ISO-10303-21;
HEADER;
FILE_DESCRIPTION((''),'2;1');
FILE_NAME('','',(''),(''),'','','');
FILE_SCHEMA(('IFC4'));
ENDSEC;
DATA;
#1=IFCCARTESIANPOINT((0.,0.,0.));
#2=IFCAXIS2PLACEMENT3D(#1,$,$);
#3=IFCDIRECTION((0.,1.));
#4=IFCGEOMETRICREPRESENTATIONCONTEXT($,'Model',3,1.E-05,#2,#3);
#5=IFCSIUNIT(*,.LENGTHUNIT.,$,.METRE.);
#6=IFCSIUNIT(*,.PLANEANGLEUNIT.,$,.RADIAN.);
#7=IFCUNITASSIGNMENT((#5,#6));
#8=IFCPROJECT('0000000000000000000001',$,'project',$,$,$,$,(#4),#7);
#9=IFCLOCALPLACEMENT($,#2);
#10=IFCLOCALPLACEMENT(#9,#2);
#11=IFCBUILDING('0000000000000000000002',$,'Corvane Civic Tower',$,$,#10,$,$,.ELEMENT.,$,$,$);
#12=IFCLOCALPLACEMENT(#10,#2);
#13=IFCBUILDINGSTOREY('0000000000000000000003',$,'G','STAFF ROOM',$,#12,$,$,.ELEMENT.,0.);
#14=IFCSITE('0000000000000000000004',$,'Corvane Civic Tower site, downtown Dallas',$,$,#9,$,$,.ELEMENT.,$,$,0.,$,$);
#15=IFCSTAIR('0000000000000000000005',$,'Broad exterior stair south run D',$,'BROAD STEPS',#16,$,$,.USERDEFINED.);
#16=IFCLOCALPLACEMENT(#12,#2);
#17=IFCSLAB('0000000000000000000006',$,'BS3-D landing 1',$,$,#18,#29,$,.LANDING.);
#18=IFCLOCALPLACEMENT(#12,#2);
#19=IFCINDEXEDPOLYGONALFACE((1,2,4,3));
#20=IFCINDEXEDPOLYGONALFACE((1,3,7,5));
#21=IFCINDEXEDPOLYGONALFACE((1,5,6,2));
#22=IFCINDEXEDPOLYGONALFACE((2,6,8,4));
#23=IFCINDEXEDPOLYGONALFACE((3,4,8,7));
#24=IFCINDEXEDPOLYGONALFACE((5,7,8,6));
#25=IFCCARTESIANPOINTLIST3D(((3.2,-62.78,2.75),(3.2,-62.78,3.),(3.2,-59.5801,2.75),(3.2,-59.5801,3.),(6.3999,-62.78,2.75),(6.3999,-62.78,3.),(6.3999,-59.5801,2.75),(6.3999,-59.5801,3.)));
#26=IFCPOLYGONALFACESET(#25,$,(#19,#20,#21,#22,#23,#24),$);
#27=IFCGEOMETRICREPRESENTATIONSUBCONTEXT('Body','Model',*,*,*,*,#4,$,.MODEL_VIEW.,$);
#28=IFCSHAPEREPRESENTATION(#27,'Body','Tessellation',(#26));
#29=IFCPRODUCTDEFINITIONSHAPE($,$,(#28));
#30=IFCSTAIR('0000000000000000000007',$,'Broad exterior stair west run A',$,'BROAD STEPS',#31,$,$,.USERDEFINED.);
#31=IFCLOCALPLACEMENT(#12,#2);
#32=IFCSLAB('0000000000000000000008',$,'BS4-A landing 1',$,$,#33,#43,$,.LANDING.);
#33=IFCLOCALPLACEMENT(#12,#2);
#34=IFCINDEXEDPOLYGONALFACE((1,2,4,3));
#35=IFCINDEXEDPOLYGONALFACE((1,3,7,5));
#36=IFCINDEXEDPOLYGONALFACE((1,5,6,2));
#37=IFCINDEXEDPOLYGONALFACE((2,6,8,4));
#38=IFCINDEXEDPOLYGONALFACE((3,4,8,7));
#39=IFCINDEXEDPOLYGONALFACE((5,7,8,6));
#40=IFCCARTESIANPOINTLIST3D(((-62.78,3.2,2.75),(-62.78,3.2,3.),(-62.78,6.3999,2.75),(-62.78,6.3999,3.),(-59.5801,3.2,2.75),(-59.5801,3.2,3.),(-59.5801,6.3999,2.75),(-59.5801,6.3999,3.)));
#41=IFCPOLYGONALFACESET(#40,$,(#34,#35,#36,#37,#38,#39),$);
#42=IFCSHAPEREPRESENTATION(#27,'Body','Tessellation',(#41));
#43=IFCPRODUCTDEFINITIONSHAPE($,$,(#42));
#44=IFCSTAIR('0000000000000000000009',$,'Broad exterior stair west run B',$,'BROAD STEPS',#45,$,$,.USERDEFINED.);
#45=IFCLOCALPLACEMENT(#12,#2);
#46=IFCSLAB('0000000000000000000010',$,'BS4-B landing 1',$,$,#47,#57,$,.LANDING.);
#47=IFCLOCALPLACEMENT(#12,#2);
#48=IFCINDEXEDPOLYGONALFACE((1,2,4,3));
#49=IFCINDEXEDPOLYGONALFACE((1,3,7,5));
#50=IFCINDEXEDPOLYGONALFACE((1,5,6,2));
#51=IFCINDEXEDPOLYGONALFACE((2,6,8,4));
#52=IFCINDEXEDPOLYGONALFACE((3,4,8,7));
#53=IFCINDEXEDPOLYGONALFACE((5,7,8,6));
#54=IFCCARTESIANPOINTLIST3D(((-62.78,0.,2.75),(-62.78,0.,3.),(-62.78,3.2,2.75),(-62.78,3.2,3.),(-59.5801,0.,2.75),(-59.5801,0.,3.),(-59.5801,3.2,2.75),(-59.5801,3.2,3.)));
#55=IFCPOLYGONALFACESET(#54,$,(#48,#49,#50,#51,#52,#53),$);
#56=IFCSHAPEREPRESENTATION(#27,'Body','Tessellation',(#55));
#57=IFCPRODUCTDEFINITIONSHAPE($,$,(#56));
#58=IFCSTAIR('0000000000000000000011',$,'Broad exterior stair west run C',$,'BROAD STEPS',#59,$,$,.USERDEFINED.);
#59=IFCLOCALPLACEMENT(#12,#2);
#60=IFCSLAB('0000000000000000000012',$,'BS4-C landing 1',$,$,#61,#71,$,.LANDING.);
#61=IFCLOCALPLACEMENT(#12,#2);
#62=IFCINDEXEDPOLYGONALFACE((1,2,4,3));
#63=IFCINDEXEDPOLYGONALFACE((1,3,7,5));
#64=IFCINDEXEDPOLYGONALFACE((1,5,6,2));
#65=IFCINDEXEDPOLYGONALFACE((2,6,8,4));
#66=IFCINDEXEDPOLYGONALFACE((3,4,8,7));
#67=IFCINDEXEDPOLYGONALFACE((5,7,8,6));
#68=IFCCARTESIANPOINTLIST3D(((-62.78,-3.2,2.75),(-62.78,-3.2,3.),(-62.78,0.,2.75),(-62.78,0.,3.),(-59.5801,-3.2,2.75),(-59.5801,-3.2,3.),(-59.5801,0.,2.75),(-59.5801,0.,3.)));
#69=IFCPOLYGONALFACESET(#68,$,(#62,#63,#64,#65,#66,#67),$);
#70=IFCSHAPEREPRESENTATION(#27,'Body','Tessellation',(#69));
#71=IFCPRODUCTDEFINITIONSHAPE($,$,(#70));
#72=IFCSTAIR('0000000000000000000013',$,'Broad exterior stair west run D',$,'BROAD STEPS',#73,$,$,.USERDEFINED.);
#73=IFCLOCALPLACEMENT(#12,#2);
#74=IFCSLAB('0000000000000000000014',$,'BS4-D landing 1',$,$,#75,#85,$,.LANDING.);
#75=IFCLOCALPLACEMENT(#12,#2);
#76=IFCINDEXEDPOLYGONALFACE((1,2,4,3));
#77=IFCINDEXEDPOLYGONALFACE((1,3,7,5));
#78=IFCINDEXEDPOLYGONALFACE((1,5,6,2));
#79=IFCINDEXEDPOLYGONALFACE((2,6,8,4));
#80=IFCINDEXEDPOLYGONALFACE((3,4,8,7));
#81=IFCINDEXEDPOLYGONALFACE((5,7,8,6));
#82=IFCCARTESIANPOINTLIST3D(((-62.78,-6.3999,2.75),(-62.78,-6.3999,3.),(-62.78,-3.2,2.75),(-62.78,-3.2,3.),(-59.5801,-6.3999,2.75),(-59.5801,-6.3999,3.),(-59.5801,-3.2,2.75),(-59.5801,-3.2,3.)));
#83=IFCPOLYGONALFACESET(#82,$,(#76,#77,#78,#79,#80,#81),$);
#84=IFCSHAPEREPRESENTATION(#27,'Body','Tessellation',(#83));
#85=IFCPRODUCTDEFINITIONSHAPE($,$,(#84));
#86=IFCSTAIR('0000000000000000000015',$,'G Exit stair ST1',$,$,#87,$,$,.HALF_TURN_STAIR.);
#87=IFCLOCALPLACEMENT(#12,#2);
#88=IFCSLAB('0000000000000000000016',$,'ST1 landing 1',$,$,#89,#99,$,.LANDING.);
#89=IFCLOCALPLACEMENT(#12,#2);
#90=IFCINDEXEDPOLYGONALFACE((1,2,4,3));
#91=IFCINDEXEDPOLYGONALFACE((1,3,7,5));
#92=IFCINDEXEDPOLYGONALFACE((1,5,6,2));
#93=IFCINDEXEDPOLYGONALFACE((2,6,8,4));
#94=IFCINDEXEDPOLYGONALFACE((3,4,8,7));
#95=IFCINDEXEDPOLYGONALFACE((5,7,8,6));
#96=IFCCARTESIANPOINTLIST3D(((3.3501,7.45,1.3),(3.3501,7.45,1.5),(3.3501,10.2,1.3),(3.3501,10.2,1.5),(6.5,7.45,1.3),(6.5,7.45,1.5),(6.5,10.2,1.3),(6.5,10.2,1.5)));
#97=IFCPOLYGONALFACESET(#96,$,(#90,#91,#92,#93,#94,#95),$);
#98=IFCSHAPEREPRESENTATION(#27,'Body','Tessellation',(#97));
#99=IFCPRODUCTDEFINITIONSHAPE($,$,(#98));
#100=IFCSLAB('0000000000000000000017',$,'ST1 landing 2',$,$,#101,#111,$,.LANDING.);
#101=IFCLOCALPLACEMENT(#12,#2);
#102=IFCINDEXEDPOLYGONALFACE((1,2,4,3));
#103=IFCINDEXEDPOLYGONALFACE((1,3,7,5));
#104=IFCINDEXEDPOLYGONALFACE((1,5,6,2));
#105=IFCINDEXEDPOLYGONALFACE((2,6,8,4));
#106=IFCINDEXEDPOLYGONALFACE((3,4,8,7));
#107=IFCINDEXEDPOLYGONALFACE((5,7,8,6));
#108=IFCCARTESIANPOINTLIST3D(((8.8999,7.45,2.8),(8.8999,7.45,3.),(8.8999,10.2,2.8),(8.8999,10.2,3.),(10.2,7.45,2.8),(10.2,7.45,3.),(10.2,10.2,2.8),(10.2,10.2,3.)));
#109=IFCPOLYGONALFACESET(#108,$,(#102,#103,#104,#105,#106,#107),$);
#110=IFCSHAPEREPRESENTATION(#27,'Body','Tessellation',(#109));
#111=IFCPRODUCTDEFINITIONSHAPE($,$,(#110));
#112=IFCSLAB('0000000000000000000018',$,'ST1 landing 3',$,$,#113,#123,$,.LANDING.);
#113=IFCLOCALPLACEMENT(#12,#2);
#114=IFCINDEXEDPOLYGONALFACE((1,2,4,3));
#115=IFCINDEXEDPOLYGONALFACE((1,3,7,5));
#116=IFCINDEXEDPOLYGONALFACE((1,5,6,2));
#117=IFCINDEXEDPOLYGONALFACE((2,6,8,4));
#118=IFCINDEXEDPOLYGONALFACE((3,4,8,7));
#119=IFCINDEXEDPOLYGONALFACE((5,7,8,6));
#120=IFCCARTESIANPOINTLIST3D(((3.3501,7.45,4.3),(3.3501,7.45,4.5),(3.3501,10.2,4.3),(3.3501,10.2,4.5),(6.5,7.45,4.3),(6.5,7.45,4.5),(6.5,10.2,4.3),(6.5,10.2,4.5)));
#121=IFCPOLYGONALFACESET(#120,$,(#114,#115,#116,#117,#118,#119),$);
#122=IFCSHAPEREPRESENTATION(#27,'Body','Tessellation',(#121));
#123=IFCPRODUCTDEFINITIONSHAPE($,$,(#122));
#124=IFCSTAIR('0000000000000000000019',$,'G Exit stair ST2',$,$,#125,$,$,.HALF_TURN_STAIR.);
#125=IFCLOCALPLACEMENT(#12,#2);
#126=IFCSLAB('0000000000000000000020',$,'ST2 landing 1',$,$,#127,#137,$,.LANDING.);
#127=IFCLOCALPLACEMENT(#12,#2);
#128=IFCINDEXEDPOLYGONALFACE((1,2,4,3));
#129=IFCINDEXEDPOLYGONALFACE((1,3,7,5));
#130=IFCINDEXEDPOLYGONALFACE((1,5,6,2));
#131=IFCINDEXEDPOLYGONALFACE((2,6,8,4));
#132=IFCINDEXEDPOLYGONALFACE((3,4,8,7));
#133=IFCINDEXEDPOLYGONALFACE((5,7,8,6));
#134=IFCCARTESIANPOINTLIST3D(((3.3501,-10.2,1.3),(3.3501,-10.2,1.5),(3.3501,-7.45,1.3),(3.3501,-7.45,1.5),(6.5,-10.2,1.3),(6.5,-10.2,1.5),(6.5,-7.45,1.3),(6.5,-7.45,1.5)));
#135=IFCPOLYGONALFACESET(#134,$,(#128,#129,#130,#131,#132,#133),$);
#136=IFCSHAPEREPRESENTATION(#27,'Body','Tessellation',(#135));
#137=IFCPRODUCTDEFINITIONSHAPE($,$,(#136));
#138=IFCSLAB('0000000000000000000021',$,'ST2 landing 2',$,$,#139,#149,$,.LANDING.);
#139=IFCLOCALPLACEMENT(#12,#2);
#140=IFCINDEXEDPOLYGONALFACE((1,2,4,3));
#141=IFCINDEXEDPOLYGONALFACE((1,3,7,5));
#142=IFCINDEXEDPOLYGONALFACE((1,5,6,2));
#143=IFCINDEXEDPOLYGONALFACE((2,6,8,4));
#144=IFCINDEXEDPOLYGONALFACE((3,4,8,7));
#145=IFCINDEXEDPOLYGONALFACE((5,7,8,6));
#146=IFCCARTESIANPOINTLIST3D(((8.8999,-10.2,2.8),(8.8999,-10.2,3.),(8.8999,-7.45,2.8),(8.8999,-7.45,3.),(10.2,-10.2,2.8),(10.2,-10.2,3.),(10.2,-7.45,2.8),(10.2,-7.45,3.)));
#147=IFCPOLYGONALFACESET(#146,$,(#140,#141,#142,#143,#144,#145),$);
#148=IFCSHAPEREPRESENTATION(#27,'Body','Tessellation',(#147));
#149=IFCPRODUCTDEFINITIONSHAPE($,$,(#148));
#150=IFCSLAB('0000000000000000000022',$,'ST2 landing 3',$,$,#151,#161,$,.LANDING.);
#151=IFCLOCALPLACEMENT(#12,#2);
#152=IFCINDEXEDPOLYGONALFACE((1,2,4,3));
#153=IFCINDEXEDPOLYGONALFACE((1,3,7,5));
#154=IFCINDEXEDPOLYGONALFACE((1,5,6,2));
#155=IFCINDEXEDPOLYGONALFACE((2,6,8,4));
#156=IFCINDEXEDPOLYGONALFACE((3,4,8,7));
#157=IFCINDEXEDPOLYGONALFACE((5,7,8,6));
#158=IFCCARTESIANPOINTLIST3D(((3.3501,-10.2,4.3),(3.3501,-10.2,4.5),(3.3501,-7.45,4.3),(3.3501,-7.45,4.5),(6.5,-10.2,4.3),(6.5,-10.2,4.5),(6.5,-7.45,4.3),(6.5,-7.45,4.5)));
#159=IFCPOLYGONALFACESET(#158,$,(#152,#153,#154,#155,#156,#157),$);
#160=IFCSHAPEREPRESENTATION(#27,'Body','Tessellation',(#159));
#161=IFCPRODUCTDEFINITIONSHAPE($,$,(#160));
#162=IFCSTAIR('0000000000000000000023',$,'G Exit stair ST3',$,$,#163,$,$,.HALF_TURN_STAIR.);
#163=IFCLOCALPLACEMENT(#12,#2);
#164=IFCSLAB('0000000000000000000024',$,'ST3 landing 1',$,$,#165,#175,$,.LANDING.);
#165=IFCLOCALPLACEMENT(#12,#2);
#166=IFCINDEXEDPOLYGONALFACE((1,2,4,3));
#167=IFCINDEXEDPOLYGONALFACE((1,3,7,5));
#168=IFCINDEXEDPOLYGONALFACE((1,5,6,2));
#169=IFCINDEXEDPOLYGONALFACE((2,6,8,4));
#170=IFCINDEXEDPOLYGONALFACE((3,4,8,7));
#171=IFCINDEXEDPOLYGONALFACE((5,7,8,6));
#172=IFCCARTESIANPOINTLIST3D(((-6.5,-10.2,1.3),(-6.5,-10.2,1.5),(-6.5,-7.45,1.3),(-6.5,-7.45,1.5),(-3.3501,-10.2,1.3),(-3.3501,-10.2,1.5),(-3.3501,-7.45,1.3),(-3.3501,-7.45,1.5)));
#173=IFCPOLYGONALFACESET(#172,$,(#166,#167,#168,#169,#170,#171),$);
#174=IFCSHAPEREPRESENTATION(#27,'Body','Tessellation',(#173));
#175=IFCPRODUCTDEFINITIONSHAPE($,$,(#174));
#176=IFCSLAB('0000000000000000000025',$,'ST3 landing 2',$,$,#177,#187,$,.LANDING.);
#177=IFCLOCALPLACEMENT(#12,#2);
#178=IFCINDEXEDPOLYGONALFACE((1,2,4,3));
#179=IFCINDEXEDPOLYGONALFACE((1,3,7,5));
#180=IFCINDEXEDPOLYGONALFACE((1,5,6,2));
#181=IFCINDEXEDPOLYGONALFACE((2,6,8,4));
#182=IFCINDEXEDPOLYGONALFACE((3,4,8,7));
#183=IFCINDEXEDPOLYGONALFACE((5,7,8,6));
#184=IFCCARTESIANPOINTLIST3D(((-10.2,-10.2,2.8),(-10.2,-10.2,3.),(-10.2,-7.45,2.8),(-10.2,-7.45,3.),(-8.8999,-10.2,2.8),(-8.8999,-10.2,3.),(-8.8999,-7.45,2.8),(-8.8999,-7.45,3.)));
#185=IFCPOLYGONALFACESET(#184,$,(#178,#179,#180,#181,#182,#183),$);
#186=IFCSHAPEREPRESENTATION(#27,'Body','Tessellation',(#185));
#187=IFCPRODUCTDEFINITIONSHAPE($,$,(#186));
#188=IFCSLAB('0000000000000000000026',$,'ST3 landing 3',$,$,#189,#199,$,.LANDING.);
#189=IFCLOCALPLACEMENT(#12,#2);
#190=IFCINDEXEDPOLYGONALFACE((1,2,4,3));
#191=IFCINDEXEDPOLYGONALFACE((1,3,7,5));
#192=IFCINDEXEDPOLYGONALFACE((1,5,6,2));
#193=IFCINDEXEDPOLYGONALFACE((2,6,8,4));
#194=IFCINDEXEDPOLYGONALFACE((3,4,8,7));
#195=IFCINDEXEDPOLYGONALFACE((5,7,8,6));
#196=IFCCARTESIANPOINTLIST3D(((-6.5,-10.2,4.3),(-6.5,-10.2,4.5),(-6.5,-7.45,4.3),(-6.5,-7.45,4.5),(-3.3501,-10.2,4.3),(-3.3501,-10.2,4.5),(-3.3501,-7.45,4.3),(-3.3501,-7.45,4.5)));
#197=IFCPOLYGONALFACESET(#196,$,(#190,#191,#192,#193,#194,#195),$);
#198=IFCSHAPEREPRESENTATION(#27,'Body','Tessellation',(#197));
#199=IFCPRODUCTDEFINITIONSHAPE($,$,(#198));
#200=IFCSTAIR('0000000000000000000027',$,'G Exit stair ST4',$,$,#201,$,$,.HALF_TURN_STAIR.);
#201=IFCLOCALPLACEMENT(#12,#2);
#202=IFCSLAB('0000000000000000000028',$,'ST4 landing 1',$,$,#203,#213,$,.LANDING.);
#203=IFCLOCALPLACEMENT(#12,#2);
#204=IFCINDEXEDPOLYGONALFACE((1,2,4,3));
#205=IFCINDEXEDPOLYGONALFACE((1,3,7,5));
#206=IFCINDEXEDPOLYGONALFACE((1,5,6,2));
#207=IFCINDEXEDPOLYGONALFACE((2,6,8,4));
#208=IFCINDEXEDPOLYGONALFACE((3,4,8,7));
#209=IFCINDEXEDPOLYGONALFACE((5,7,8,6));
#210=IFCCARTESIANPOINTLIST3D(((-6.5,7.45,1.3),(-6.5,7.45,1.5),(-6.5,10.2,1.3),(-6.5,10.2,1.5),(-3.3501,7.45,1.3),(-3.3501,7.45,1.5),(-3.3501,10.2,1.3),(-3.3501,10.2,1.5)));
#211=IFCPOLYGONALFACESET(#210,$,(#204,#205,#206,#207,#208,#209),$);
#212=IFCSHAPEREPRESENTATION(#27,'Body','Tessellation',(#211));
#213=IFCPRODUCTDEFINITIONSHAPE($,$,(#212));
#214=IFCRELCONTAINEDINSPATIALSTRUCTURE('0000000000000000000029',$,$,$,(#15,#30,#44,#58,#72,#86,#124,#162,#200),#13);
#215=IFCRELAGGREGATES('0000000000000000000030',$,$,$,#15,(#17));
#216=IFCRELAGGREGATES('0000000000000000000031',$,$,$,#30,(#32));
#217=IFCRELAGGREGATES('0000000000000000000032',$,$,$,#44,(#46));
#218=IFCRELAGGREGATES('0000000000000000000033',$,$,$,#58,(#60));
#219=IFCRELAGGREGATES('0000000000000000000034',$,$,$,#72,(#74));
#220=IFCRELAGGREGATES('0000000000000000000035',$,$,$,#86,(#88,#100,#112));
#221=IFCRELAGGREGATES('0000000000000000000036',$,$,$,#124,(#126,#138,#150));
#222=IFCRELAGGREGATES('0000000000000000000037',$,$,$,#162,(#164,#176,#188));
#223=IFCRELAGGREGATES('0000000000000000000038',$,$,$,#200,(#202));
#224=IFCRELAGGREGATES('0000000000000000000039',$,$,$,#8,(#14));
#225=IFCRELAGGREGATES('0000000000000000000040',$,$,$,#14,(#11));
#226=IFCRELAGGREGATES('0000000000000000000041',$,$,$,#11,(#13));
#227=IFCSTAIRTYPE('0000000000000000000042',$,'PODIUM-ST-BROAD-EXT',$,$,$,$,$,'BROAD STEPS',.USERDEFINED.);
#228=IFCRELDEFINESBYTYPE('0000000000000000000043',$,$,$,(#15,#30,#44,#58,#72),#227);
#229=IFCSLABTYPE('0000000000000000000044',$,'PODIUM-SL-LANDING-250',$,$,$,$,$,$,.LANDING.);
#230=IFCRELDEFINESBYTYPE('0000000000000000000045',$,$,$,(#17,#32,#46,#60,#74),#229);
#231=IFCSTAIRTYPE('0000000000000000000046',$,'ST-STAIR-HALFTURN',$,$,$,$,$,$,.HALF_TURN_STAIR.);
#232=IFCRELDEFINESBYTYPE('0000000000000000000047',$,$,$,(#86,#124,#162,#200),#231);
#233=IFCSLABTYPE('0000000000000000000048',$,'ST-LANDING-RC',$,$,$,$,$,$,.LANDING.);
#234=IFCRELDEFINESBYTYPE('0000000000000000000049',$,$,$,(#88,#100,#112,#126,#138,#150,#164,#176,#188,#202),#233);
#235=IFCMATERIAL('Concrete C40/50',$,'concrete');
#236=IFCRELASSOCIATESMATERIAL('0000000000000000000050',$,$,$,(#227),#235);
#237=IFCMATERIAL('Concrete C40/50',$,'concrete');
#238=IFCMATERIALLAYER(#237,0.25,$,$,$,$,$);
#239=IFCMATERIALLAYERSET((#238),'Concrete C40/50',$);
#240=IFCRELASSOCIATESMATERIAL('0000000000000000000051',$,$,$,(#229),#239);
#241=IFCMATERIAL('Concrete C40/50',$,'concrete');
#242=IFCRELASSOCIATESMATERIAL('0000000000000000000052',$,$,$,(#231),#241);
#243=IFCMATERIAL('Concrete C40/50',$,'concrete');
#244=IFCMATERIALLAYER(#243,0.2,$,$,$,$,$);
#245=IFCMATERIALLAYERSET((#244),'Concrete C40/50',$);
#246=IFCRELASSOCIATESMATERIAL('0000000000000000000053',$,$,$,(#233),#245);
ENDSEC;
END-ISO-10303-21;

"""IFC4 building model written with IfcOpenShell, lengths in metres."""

from ifc_helpers import new_model, si_unit, direction, frame, origin, place, context, subcontext, project, spatial, polyline, outline, extrude, material, layer, layer_set, type_object, element, aggregate, save


model = new_model("IFC4")

# Units and contexts
model_context = context("Model", 3, precision=1e-05, world=origin(), true_north=direction((0.0, 1.0)))
body_context = subcontext(model_context, "Body", "Model", "MODEL_VIEW")
ifc_project = project(units=[si_unit("LENGTHUNIT", "METRE"), si_unit("PLANEANGLEUNIT", "RADIAN")], contexts=[model_context])

# Site, building, storey
site_placement = place(None, origin())
site = spatial("IfcSite", under=ifc_project, at=site_placement, Name="Corvane Civic Tower site, downtown Dallas", CompositionType="ELEMENT", RefElevation=0.0)
building_placement = place(site_placement, origin())
building = spatial("IfcBuilding", under=site, at=building_placement, Name="Corvane Civic Tower", CompositionType="ELEMENT")
storey_placement = place(building_placement, origin())
storey = spatial("IfcBuildingStorey", under=building, at=storey_placement, Name="G", Description="STAFF ROOM", CompositionType="ELEMENT", Elevation=0.0)

# Stairs, slabs
ifc_material_1 = material(Name="Concrete C40/50", Category="concrete")
stair_type_1 = type_object("IfcStairType", Name="PODIUM-ST-BROAD-EXT", ElementType="BROAD STEPS", PredefinedType="USERDEFINED", material=ifc_material_1)
stair_1_placement = place(storey_placement, origin())
stair_1 = element("IfcStair", 1, at=stair_1_placement, inside=storey, type_object=stair_type_1, Name="Broad exterior stair south run D", ObjectType="BROAD STEPS", PredefinedType="USERDEFINED")
ifc_material_2 = material(Name="Concrete C40/50", Category="concrete")
ifc_layer_1 = layer(ifc_material_2, 0.25)
ifc_layer_set_1 = layer_set([ifc_layer_1], Name="Concrete C40/50")
slab_type_1 = type_object("IfcSlabType", Name="PODIUM-SL-LANDING-250", PredefinedType="LANDING", material=ifc_layer_set_1)
slab_1_placement = place(storey_placement, frame((0.0, 0.0, 2.75)))
slab_1 = element("IfcSlab", 2, at=slab_1_placement, type_object=slab_type_1, Name="BS3-D landing 1", PredefinedType="LANDING", context=body_context, shape_type="SweptSolid", body=[
    extrude(outline(polyline([(3.2, -59.5801), (6.3999, -59.5801), (6.3999, -62.78), (3.2, -62.78), (3.2, -59.5801)])), origin(), (0.0, 0.0, 1.0), 0.25),
])
aggregate(stair_1, [slab_1])
stair_2_placement = place(storey_placement, origin())
stair_2 = element("IfcStair", 3, at=stair_2_placement, inside=storey, type_object=stair_type_1, Name="Broad exterior stair west run A", ObjectType="BROAD STEPS", PredefinedType="USERDEFINED")
slab_2_placement = place(storey_placement, frame((0.0, 0.0, 2.75)))
slab_2 = element("IfcSlab", 4, at=slab_2_placement, type_object=slab_type_1, Name="BS4-A landing 1", PredefinedType="LANDING", context=body_context, shape_type="SweptSolid", body=[
    extrude(outline(polyline([(-59.5801, 6.3999), (-59.5801, 3.2), (-62.78, 3.2), (-62.78, 6.3999), (-59.5801, 6.3999)])), origin(), (0.0, 0.0, 1.0), 0.25),
])
aggregate(stair_2, [slab_2])
stair_3_placement = place(storey_placement, origin())
stair_3 = element("IfcStair", 5, at=stair_3_placement, inside=storey, type_object=stair_type_1, Name="Broad exterior stair west run B", ObjectType="BROAD STEPS", PredefinedType="USERDEFINED")
slab_3_placement = place(storey_placement, frame((0.0, 0.0, 2.75)))
slab_3 = element("IfcSlab", 6, at=slab_3_placement, type_object=slab_type_1, Name="BS4-B landing 1", PredefinedType="LANDING", context=body_context, shape_type="SweptSolid", body=[
    extrude(outline(polyline([(-59.5801, 3.2), (-59.5801, 0.0), (-62.78, 0.0), (-62.78, 3.2), (-59.5801, 3.2)])), origin(), (0.0, 0.0, 1.0), 0.25),
])
aggregate(stair_3, [slab_3])
stair_4_placement = place(storey_placement, origin())
stair_4 = element("IfcStair", 7, at=stair_4_placement, inside=storey, type_object=stair_type_1, Name="Broad exterior stair west run C", ObjectType="BROAD STEPS", PredefinedType="USERDEFINED")
slab_4_placement = place(storey_placement, frame((0.0, 0.0, 2.75)))
slab_4 = element("IfcSlab", 8, at=slab_4_placement, type_object=slab_type_1, Name="BS4-C landing 1", PredefinedType="LANDING", context=body_context, shape_type="SweptSolid", body=[
    extrude(outline(polyline([(-59.5801, 0.0), (-59.5801, -3.2), (-62.78, -3.2), (-62.78, 0.0), (-59.5801, 0.0)])), origin(), (0.0, 0.0, 1.0), 0.25),
])
aggregate(stair_4, [slab_4])
stair_5_placement = place(storey_placement, origin())
stair_5 = element("IfcStair", 9, at=stair_5_placement, inside=storey, type_object=stair_type_1, Name="Broad exterior stair west run D", ObjectType="BROAD STEPS", PredefinedType="USERDEFINED")
slab_5_placement = place(storey_placement, frame((0.0, 0.0, 2.75)))
slab_5 = element("IfcSlab", 10, at=slab_5_placement, type_object=slab_type_1, Name="BS4-D landing 1", PredefinedType="LANDING", context=body_context, shape_type="SweptSolid", body=[
    extrude(outline(polyline([(-59.5801, -3.2), (-59.5801, -6.3999), (-62.78, -6.3999), (-62.78, -3.2), (-59.5801, -3.2)])), origin(), (0.0, 0.0, 1.0), 0.25),
])
aggregate(stair_5, [slab_5])

# Stairs, slabs
ifc_material_3 = material(Name="Concrete C40/50", Category="concrete")
stair_type_2 = type_object("IfcStairType", Name="ST-STAIR-HALFTURN", PredefinedType="HALF_TURN_STAIR", material=ifc_material_3)
stair_6_placement = place(storey_placement, origin())
stair_6 = element("IfcStair", 11, at=stair_6_placement, inside=storey, type_object=stair_type_2, Name="G Exit stair ST1", PredefinedType="HALF_TURN_STAIR")
ifc_material_4 = material(Name="Concrete C40/50", Category="concrete")
ifc_layer_2 = layer(ifc_material_4, 0.2)
ifc_layer_set_2 = layer_set([ifc_layer_2], Name="Concrete C40/50")
slab_type_2 = type_object("IfcSlabType", Name="ST-LANDING-RC", PredefinedType="LANDING", material=ifc_layer_set_2)
slab_6_placement = place(storey_placement, frame((0.0, 0.0, 1.3)))
slab_6 = element("IfcSlab", 12, at=slab_6_placement, type_object=slab_type_2, Name="ST1 landing 1", PredefinedType="LANDING", context=body_context, shape_type="SweptSolid", body=[
    extrude(outline(polyline([(6.5, 10.2), (3.3501, 10.2), (3.3501, 7.45), (6.5, 7.45), (6.5, 10.2)])), origin(), (0.0, 0.0, 1.0), 0.2),
])
slab_7_placement = place(storey_placement, frame((0.0, 0.0, 2.8)))
slab_7 = element("IfcSlab", 13, at=slab_7_placement, type_object=slab_type_2, Name="ST1 landing 2", PredefinedType="LANDING", context=body_context, shape_type="SweptSolid", body=[
    extrude(outline(polyline([(10.2, 10.2), (8.8999, 10.2), (8.8999, 7.45), (10.2, 7.45), (10.2, 10.2)])), origin(), (0.0, 0.0, 1.0), 0.2),
])
slab_8_placement = place(storey_placement, frame((0.0, 0.0, 4.3)))
slab_8 = element("IfcSlab", 14, at=slab_8_placement, type_object=slab_type_2, Name="ST1 landing 3", PredefinedType="LANDING", context=body_context, shape_type="SweptSolid", body=[
    extrude(outline(polyline([(6.5, 10.2), (3.3501, 10.2), (3.3501, 7.45), (6.5, 7.45), (6.5, 10.2)])), origin(), (0.0, 0.0, 1.0), 0.2),
])
aggregate(stair_6, [slab_6, slab_7, slab_8])
stair_7_placement = place(storey_placement, origin())
stair_7 = element("IfcStair", 15, at=stair_7_placement, inside=storey, type_object=stair_type_2, Name="G Exit stair ST2", PredefinedType="HALF_TURN_STAIR")
slab_9_placement = place(storey_placement, frame((0.0, 0.0, 1.3)))
slab_9 = element("IfcSlab", 16, at=slab_9_placement, type_object=slab_type_2, Name="ST2 landing 1", PredefinedType="LANDING", context=body_context, shape_type="SweptSolid", body=[
    extrude(outline(polyline([(6.5, -7.45), (3.3501, -7.45), (3.3501, -10.2), (6.5, -10.2), (6.5, -7.45)])), origin(), (0.0, 0.0, 1.0), 0.2),
])
slab_10_placement = place(storey_placement, frame((0.0, 0.0, 2.8)))
slab_10 = element("IfcSlab", 17, at=slab_10_placement, type_object=slab_type_2, Name="ST2 landing 2", PredefinedType="LANDING", context=body_context, shape_type="SweptSolid", body=[
    extrude(outline(polyline([(10.2, -7.45), (8.8999, -7.45), (8.8999, -10.2), (10.2, -10.2), (10.2, -7.45)])), origin(), (0.0, 0.0, 1.0), 0.2),
])
slab_11_placement = place(storey_placement, frame((0.0, 0.0, 4.3)))
slab_11 = element("IfcSlab", 18, at=slab_11_placement, type_object=slab_type_2, Name="ST2 landing 3", PredefinedType="LANDING", context=body_context, shape_type="SweptSolid", body=[
    extrude(outline(polyline([(6.5, -7.45), (3.3501, -7.45), (3.3501, -10.2), (6.5, -10.2), (6.5, -7.45)])), origin(), (0.0, 0.0, 1.0), 0.2),
])
aggregate(stair_7, [slab_9, slab_10, slab_11])
stair_8_placement = place(storey_placement, origin())
stair_8 = element("IfcStair", 19, at=stair_8_placement, inside=storey, type_object=stair_type_2, Name="G Exit stair ST3", PredefinedType="HALF_TURN_STAIR")
slab_12_placement = place(storey_placement, frame((0.0, 0.0, 1.3)))
slab_12 = element("IfcSlab", 20, at=slab_12_placement, type_object=slab_type_2, Name="ST3 landing 1", PredefinedType="LANDING", context=body_context, shape_type="SweptSolid", body=[
    extrude(outline(polyline([(-6.5, -10.2), (-3.3501, -10.2), (-3.3501, -7.45), (-6.5, -7.45), (-6.5, -10.2)])), origin(), (0.0, 0.0, 1.0), 0.2),
])
slab_13_placement = place(storey_placement, frame((0.0, 0.0, 2.8)))
slab_13 = element("IfcSlab", 21, at=slab_13_placement, type_object=slab_type_2, Name="ST3 landing 2", PredefinedType="LANDING", context=body_context, shape_type="SweptSolid", body=[
    extrude(outline(polyline([(-10.2, -10.2), (-8.8999, -10.2), (-8.8999, -7.45), (-10.2, -7.45), (-10.2, -10.2)])), origin(), (0.0, 0.0, 1.0), 0.2),
])
slab_14_placement = place(storey_placement, frame((0.0, 0.0, 4.3)))
slab_14 = element("IfcSlab", 22, at=slab_14_placement, type_object=slab_type_2, Name="ST3 landing 3", PredefinedType="LANDING", context=body_context, shape_type="SweptSolid", body=[
    extrude(outline(polyline([(-6.5, -10.2), (-3.3501, -10.2), (-3.3501, -7.45), (-6.5, -7.45), (-6.5, -10.2)])), origin(), (0.0, 0.0, 1.0), 0.2),
])
aggregate(stair_8, [slab_12, slab_13, slab_14])
stair_9_placement = place(storey_placement, origin())
stair_9 = element("IfcStair", 23, at=stair_9_placement, inside=storey, type_object=stair_type_2, Name="G Exit stair ST4", PredefinedType="HALF_TURN_STAIR")
slab_15_placement = place(storey_placement, frame((0.0, 0.0, 1.3)))
slab_15 = element("IfcSlab", 24, at=slab_15_placement, type_object=slab_type_2, Name="ST4 landing 1", PredefinedType="LANDING", context=body_context, shape_type="SweptSolid", body=[
    extrude(outline(polyline([(-6.5, 7.45), (-3.3501, 7.45), (-3.3501, 10.2), (-6.5, 10.2), (-6.5, 7.45)])), origin(), (0.0, 0.0, 1.0), 0.2),
])
aggregate(stair_9, [slab_15])

save(model, "model.ifc")
